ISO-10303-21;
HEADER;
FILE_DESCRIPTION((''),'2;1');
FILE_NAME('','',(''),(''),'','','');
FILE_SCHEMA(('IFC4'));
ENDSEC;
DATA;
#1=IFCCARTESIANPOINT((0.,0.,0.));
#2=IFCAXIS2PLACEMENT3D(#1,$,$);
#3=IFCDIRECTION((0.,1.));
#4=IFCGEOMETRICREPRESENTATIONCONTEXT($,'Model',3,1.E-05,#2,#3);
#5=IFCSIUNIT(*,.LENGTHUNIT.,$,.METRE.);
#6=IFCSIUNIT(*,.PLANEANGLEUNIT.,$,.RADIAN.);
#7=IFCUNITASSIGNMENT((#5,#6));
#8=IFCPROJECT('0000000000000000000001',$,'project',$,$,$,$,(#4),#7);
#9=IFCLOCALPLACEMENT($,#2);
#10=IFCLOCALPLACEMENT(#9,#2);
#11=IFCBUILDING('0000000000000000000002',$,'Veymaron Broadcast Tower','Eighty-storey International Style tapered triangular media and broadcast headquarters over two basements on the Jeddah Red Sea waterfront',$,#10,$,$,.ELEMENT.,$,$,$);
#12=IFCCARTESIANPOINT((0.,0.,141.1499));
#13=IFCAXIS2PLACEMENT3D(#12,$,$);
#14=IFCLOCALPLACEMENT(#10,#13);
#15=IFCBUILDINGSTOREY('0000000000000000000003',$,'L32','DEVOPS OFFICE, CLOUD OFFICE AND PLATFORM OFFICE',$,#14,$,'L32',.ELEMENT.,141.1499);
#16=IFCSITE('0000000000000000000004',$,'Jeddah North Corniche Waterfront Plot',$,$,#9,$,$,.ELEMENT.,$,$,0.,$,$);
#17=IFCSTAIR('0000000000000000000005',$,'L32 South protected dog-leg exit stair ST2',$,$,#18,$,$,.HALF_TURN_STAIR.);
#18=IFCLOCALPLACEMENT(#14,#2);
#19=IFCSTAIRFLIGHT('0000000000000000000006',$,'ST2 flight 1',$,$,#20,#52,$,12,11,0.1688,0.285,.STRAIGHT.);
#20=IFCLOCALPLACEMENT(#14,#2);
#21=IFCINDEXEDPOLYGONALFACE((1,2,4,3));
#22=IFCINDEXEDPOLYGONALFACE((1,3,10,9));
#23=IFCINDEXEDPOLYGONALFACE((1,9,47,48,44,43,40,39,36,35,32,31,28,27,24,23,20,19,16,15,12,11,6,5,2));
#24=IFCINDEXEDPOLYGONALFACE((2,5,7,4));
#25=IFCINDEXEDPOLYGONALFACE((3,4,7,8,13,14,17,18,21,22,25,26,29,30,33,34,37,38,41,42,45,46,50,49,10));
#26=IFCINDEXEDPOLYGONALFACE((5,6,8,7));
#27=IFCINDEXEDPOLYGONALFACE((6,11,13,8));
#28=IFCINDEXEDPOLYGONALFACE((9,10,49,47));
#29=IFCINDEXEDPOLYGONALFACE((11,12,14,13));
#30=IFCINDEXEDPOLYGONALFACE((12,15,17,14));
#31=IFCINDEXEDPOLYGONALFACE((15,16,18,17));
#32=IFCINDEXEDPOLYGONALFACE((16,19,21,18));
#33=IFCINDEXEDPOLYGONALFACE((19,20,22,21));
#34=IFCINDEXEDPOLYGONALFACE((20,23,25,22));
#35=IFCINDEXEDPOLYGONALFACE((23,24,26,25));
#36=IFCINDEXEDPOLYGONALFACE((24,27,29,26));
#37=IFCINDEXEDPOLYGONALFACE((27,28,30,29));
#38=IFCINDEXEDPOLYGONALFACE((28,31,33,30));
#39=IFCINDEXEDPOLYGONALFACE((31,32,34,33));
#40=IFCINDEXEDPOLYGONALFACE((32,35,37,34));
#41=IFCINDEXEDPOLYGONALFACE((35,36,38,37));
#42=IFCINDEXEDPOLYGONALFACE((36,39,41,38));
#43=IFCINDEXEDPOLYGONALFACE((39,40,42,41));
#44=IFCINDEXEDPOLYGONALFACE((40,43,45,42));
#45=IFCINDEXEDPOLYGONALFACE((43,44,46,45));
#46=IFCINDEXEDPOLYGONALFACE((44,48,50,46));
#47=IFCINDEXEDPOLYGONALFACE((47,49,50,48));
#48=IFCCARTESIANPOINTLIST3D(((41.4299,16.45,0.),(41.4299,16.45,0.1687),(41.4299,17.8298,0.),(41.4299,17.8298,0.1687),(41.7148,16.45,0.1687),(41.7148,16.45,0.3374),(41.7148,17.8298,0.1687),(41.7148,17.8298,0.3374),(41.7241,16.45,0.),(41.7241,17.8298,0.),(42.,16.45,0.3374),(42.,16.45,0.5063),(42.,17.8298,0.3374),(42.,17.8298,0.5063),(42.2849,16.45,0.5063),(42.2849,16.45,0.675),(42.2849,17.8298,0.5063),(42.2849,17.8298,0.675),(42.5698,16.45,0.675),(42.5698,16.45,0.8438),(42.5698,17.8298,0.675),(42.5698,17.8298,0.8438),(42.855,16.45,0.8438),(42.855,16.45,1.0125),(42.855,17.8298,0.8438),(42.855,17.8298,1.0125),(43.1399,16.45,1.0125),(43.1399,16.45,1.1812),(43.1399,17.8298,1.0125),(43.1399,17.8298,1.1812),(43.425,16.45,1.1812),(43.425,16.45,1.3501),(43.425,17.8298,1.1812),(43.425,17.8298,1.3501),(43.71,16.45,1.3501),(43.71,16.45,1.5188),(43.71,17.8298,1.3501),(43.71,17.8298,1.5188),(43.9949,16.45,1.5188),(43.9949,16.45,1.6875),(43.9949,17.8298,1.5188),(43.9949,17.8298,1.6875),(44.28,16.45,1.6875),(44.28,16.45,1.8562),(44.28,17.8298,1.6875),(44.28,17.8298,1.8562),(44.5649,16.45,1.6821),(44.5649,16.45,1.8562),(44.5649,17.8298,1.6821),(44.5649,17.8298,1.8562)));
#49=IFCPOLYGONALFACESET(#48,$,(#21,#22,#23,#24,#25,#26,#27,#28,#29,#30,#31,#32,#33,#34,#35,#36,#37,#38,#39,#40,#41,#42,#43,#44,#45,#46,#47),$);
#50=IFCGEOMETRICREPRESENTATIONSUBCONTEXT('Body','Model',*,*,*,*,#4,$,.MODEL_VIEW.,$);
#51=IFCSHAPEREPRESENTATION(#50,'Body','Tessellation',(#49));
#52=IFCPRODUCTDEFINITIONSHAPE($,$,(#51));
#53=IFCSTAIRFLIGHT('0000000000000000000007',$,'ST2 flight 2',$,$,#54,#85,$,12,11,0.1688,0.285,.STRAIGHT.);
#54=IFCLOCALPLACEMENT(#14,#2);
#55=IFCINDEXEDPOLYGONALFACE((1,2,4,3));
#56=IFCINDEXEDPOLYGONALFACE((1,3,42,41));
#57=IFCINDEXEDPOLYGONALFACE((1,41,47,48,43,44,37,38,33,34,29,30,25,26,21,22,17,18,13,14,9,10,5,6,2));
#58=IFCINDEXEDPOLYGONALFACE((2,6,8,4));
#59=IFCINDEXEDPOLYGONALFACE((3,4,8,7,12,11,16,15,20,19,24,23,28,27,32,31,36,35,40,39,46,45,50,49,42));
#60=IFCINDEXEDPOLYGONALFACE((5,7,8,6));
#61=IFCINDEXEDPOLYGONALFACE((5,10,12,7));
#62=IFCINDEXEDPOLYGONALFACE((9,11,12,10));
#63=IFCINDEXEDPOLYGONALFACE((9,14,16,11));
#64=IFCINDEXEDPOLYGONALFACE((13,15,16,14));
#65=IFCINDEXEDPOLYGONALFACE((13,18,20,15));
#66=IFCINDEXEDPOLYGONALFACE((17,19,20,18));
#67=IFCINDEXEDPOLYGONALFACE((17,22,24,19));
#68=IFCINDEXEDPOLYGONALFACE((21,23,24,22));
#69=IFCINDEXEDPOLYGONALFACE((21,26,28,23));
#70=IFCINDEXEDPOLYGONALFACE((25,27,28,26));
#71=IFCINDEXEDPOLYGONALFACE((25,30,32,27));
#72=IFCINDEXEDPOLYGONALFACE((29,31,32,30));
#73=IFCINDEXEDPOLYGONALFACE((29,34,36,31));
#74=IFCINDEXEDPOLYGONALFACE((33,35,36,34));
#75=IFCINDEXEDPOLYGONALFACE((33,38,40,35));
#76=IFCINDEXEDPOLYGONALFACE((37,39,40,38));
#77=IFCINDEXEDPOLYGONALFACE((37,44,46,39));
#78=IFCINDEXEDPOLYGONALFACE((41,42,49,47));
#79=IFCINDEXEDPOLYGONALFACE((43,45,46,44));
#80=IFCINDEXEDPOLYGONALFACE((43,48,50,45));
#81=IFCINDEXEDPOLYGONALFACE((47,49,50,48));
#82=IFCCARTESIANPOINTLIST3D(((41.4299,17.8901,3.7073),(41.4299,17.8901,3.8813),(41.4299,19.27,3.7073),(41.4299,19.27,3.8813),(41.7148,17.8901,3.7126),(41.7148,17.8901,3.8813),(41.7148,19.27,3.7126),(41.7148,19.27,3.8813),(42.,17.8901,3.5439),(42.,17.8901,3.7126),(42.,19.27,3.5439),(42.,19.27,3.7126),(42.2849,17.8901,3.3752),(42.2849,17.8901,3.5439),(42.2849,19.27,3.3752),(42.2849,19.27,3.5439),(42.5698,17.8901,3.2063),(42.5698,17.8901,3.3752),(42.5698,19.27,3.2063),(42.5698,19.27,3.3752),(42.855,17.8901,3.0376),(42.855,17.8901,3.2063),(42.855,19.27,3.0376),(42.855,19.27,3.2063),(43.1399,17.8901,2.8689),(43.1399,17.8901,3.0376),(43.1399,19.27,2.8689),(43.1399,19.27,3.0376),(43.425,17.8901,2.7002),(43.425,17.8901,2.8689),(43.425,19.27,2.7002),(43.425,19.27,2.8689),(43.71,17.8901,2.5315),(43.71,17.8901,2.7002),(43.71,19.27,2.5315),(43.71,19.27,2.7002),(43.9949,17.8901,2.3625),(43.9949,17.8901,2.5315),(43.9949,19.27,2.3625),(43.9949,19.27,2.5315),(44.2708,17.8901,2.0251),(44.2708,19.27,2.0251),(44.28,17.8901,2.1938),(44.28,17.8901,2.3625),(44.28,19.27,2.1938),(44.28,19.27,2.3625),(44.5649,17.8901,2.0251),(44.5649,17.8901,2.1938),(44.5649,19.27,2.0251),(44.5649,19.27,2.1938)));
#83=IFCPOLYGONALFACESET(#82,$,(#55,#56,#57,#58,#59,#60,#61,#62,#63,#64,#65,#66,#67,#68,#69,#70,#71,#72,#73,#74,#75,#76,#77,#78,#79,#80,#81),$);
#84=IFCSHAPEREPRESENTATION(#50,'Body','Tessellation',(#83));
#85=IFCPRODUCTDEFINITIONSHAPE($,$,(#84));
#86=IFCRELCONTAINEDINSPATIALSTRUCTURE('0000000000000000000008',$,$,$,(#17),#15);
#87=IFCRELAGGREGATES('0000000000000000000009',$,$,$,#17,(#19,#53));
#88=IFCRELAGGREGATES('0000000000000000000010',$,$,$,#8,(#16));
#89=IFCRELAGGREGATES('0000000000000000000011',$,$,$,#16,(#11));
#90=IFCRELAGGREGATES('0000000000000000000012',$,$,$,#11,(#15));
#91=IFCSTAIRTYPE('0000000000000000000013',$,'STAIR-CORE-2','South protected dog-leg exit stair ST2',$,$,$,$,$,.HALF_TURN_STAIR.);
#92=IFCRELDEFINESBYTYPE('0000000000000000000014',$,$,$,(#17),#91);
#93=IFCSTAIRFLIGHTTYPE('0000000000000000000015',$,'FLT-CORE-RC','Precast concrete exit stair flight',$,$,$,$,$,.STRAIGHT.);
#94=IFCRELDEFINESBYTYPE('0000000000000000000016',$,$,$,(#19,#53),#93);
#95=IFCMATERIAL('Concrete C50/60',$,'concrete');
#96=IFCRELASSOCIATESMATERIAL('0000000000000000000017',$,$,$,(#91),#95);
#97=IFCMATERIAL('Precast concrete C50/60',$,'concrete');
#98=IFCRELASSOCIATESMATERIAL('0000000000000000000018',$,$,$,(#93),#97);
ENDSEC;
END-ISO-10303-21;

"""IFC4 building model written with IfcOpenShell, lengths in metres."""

from ifc_helpers import new_model, si_unit, direction, frame, origin, place, context, subcontext, project, spatial, polyline, outline, extrude, material, type_object, element, aggregate, save


model = new_model("IFC4")

# Units and contexts
model_context = context("Model", 3, precision=1e-05, world=origin(), true_north=direction((0.0, 1.0)))
body_context = subcontext(model_context, "Body", "Model", "MODEL_VIEW")
ifc_project = project(units=[si_unit("LENGTHUNIT", "METRE"), si_unit("PLANEANGLEUNIT", "RADIAN")], contexts=[model_context])

# Site, building, storey
site_placement = place(None, origin())
site = spatial("IfcSite", under=ifc_project, at=site_placement, Name="Jeddah North Corniche Waterfront Plot", CompositionType="ELEMENT", RefElevation=0.0)
building_placement = place(site_placement, origin())
building = spatial("IfcBuilding", under=site, at=building_placement, Name="Veymaron Broadcast Tower", Description="Eighty-storey International Style tapered triangular media and broadcast headquarters over two basements on the Jeddah Red Sea waterfront", CompositionType="ELEMENT")
storey_placement = place(building_placement, frame((0.0, 0.0, 141.1499)))
storey = spatial("IfcBuildingStorey", under=building, at=storey_placement, Name="L32", Description="DEVOPS OFFICE, CLOUD OFFICE AND PLATFORM OFFICE", LongName="L32", CompositionType="ELEMENT", Elevation=141.1499)

# Shared definitions
ifc_material_1 = material(Name="Concrete C50/60", Category="concrete")

# Stair, stair flights
stair_type = type_object("IfcStairType", Name="STAIR-CORE-2", Description="South protected dog-leg exit stair ST2", PredefinedType="HALF_TURN_STAIR", material=ifc_material_1)
stair_placement = place(storey_placement, origin())
stair = element("IfcStair", 1, at=stair_placement, inside=storey, type_object=stair_type, Name="L32 South protected dog-leg exit stair ST2", PredefinedType="HALF_TURN_STAIR")
ifc_material_2 = material(Name="Precast concrete C50/60", Category="concrete")
stair_flight_type = type_object("IfcStairFlightType", Name="FLT-CORE-RC", Description="Precast concrete exit stair flight", PredefinedType="STRAIGHT", material=ifc_material_2)
stair_flight_1_placement = place(storey_placement, frame((41.4299, 17.1399, 0.0), z_axis=(0.0, 0.0, 1.0), x_axis=(1.0, 0.0, 0.0)))
stair_flight_1 = element("IfcStairFlight", 2, at=stair_flight_1_placement, type_object=stair_flight_type, Name="ST2 flight 1", NumberOfRisers=12, NumberOfTreads=11, PredefinedType="STRAIGHT", RiserHeight=0.1688, TreadLength=0.285, context=body_context, shape_type="SweptSolid", body=[
    extrude(outline(polyline([(0.0, 0.0), (0.0, 0.1687), (0.2849, 0.1687), (0.2849, 0.3374), (0.5701, 0.3374), (0.5701, 0.5063), (0.855, 0.5063), (0.855, 0.675), (1.1399, 0.675), (1.1399, 0.8438), (1.425, 0.8438), (1.425, 1.0125), (1.71, 1.0125), (1.71, 1.1812), (1.9951, 1.1812), (1.9951, 1.3501), (2.28, 1.3501), (2.28, 1.5188), (2.5649, 1.5188), (2.5649, 1.6875), (2.8501, 1.6875), (2.8501, 1.8562), (3.135, 1.8562), (3.135, 2.0249), (3.135, 1.6821), (0.2942, 0.0), (0.0, 0.0)])), frame((0.0, 0.6899, 0.0), z_axis=(0.0, -1.0, 0.0), x_axis=(1.0, 0.0, 0.0)), (0.0, 0.0, 1.0), 1.3799),
])
stair_flight_2_placement = place(storey_placement, frame((44.5649, 18.5801, 2.0251), z_axis=(0.0, 0.0, 1.0), x_axis=(-1.0, 0.0, 0.0)))
stair_flight_2 = element("IfcStairFlight", 3, at=stair_flight_2_placement, type_object=stair_flight_type, Name="ST2 flight 2", NumberOfRisers=12, NumberOfTreads=11, PredefinedType="STRAIGHT", RiserHeight=0.1688, TreadLength=0.285, context=body_context, shape_type="SweptSolid", body=[
    extrude(outline(polyline([(0.0, 0.0), (0.0, 0.1687), (0.2849, 0.1687), (0.2849, 0.3374), (0.5701, 0.3374), (0.5701, 0.5063), (0.855, 0.5063), (0.855, 0.675), (1.1399, 0.675), (1.1399, 0.8438), (1.425, 0.8438), (1.425, 1.0125), (1.71, 1.0125), (1.71, 1.1812), (1.9951, 1.1812), (1.9951, 1.3501), (2.28, 1.3501), (2.28, 1.5188), (2.5649, 1.5188), (2.5649, 1.6875), (2.8501, 1.6875), (2.8501, 1.8562), (3.135, 1.8562), (3.135, 2.0249), (3.135, 1.6821), (0.2942, 0.0), (0.0, 0.0)])), frame((0.0, 0.6899, 0.0), z_axis=(0.0, -1.0, 0.0), x_axis=(1.0, 0.0, 0.0)), (0.0, 0.0, 1.0), 1.3799),
])
aggregate(stair, [stair_flight_1, stair_flight_2])

save(model, "model.ifc")
